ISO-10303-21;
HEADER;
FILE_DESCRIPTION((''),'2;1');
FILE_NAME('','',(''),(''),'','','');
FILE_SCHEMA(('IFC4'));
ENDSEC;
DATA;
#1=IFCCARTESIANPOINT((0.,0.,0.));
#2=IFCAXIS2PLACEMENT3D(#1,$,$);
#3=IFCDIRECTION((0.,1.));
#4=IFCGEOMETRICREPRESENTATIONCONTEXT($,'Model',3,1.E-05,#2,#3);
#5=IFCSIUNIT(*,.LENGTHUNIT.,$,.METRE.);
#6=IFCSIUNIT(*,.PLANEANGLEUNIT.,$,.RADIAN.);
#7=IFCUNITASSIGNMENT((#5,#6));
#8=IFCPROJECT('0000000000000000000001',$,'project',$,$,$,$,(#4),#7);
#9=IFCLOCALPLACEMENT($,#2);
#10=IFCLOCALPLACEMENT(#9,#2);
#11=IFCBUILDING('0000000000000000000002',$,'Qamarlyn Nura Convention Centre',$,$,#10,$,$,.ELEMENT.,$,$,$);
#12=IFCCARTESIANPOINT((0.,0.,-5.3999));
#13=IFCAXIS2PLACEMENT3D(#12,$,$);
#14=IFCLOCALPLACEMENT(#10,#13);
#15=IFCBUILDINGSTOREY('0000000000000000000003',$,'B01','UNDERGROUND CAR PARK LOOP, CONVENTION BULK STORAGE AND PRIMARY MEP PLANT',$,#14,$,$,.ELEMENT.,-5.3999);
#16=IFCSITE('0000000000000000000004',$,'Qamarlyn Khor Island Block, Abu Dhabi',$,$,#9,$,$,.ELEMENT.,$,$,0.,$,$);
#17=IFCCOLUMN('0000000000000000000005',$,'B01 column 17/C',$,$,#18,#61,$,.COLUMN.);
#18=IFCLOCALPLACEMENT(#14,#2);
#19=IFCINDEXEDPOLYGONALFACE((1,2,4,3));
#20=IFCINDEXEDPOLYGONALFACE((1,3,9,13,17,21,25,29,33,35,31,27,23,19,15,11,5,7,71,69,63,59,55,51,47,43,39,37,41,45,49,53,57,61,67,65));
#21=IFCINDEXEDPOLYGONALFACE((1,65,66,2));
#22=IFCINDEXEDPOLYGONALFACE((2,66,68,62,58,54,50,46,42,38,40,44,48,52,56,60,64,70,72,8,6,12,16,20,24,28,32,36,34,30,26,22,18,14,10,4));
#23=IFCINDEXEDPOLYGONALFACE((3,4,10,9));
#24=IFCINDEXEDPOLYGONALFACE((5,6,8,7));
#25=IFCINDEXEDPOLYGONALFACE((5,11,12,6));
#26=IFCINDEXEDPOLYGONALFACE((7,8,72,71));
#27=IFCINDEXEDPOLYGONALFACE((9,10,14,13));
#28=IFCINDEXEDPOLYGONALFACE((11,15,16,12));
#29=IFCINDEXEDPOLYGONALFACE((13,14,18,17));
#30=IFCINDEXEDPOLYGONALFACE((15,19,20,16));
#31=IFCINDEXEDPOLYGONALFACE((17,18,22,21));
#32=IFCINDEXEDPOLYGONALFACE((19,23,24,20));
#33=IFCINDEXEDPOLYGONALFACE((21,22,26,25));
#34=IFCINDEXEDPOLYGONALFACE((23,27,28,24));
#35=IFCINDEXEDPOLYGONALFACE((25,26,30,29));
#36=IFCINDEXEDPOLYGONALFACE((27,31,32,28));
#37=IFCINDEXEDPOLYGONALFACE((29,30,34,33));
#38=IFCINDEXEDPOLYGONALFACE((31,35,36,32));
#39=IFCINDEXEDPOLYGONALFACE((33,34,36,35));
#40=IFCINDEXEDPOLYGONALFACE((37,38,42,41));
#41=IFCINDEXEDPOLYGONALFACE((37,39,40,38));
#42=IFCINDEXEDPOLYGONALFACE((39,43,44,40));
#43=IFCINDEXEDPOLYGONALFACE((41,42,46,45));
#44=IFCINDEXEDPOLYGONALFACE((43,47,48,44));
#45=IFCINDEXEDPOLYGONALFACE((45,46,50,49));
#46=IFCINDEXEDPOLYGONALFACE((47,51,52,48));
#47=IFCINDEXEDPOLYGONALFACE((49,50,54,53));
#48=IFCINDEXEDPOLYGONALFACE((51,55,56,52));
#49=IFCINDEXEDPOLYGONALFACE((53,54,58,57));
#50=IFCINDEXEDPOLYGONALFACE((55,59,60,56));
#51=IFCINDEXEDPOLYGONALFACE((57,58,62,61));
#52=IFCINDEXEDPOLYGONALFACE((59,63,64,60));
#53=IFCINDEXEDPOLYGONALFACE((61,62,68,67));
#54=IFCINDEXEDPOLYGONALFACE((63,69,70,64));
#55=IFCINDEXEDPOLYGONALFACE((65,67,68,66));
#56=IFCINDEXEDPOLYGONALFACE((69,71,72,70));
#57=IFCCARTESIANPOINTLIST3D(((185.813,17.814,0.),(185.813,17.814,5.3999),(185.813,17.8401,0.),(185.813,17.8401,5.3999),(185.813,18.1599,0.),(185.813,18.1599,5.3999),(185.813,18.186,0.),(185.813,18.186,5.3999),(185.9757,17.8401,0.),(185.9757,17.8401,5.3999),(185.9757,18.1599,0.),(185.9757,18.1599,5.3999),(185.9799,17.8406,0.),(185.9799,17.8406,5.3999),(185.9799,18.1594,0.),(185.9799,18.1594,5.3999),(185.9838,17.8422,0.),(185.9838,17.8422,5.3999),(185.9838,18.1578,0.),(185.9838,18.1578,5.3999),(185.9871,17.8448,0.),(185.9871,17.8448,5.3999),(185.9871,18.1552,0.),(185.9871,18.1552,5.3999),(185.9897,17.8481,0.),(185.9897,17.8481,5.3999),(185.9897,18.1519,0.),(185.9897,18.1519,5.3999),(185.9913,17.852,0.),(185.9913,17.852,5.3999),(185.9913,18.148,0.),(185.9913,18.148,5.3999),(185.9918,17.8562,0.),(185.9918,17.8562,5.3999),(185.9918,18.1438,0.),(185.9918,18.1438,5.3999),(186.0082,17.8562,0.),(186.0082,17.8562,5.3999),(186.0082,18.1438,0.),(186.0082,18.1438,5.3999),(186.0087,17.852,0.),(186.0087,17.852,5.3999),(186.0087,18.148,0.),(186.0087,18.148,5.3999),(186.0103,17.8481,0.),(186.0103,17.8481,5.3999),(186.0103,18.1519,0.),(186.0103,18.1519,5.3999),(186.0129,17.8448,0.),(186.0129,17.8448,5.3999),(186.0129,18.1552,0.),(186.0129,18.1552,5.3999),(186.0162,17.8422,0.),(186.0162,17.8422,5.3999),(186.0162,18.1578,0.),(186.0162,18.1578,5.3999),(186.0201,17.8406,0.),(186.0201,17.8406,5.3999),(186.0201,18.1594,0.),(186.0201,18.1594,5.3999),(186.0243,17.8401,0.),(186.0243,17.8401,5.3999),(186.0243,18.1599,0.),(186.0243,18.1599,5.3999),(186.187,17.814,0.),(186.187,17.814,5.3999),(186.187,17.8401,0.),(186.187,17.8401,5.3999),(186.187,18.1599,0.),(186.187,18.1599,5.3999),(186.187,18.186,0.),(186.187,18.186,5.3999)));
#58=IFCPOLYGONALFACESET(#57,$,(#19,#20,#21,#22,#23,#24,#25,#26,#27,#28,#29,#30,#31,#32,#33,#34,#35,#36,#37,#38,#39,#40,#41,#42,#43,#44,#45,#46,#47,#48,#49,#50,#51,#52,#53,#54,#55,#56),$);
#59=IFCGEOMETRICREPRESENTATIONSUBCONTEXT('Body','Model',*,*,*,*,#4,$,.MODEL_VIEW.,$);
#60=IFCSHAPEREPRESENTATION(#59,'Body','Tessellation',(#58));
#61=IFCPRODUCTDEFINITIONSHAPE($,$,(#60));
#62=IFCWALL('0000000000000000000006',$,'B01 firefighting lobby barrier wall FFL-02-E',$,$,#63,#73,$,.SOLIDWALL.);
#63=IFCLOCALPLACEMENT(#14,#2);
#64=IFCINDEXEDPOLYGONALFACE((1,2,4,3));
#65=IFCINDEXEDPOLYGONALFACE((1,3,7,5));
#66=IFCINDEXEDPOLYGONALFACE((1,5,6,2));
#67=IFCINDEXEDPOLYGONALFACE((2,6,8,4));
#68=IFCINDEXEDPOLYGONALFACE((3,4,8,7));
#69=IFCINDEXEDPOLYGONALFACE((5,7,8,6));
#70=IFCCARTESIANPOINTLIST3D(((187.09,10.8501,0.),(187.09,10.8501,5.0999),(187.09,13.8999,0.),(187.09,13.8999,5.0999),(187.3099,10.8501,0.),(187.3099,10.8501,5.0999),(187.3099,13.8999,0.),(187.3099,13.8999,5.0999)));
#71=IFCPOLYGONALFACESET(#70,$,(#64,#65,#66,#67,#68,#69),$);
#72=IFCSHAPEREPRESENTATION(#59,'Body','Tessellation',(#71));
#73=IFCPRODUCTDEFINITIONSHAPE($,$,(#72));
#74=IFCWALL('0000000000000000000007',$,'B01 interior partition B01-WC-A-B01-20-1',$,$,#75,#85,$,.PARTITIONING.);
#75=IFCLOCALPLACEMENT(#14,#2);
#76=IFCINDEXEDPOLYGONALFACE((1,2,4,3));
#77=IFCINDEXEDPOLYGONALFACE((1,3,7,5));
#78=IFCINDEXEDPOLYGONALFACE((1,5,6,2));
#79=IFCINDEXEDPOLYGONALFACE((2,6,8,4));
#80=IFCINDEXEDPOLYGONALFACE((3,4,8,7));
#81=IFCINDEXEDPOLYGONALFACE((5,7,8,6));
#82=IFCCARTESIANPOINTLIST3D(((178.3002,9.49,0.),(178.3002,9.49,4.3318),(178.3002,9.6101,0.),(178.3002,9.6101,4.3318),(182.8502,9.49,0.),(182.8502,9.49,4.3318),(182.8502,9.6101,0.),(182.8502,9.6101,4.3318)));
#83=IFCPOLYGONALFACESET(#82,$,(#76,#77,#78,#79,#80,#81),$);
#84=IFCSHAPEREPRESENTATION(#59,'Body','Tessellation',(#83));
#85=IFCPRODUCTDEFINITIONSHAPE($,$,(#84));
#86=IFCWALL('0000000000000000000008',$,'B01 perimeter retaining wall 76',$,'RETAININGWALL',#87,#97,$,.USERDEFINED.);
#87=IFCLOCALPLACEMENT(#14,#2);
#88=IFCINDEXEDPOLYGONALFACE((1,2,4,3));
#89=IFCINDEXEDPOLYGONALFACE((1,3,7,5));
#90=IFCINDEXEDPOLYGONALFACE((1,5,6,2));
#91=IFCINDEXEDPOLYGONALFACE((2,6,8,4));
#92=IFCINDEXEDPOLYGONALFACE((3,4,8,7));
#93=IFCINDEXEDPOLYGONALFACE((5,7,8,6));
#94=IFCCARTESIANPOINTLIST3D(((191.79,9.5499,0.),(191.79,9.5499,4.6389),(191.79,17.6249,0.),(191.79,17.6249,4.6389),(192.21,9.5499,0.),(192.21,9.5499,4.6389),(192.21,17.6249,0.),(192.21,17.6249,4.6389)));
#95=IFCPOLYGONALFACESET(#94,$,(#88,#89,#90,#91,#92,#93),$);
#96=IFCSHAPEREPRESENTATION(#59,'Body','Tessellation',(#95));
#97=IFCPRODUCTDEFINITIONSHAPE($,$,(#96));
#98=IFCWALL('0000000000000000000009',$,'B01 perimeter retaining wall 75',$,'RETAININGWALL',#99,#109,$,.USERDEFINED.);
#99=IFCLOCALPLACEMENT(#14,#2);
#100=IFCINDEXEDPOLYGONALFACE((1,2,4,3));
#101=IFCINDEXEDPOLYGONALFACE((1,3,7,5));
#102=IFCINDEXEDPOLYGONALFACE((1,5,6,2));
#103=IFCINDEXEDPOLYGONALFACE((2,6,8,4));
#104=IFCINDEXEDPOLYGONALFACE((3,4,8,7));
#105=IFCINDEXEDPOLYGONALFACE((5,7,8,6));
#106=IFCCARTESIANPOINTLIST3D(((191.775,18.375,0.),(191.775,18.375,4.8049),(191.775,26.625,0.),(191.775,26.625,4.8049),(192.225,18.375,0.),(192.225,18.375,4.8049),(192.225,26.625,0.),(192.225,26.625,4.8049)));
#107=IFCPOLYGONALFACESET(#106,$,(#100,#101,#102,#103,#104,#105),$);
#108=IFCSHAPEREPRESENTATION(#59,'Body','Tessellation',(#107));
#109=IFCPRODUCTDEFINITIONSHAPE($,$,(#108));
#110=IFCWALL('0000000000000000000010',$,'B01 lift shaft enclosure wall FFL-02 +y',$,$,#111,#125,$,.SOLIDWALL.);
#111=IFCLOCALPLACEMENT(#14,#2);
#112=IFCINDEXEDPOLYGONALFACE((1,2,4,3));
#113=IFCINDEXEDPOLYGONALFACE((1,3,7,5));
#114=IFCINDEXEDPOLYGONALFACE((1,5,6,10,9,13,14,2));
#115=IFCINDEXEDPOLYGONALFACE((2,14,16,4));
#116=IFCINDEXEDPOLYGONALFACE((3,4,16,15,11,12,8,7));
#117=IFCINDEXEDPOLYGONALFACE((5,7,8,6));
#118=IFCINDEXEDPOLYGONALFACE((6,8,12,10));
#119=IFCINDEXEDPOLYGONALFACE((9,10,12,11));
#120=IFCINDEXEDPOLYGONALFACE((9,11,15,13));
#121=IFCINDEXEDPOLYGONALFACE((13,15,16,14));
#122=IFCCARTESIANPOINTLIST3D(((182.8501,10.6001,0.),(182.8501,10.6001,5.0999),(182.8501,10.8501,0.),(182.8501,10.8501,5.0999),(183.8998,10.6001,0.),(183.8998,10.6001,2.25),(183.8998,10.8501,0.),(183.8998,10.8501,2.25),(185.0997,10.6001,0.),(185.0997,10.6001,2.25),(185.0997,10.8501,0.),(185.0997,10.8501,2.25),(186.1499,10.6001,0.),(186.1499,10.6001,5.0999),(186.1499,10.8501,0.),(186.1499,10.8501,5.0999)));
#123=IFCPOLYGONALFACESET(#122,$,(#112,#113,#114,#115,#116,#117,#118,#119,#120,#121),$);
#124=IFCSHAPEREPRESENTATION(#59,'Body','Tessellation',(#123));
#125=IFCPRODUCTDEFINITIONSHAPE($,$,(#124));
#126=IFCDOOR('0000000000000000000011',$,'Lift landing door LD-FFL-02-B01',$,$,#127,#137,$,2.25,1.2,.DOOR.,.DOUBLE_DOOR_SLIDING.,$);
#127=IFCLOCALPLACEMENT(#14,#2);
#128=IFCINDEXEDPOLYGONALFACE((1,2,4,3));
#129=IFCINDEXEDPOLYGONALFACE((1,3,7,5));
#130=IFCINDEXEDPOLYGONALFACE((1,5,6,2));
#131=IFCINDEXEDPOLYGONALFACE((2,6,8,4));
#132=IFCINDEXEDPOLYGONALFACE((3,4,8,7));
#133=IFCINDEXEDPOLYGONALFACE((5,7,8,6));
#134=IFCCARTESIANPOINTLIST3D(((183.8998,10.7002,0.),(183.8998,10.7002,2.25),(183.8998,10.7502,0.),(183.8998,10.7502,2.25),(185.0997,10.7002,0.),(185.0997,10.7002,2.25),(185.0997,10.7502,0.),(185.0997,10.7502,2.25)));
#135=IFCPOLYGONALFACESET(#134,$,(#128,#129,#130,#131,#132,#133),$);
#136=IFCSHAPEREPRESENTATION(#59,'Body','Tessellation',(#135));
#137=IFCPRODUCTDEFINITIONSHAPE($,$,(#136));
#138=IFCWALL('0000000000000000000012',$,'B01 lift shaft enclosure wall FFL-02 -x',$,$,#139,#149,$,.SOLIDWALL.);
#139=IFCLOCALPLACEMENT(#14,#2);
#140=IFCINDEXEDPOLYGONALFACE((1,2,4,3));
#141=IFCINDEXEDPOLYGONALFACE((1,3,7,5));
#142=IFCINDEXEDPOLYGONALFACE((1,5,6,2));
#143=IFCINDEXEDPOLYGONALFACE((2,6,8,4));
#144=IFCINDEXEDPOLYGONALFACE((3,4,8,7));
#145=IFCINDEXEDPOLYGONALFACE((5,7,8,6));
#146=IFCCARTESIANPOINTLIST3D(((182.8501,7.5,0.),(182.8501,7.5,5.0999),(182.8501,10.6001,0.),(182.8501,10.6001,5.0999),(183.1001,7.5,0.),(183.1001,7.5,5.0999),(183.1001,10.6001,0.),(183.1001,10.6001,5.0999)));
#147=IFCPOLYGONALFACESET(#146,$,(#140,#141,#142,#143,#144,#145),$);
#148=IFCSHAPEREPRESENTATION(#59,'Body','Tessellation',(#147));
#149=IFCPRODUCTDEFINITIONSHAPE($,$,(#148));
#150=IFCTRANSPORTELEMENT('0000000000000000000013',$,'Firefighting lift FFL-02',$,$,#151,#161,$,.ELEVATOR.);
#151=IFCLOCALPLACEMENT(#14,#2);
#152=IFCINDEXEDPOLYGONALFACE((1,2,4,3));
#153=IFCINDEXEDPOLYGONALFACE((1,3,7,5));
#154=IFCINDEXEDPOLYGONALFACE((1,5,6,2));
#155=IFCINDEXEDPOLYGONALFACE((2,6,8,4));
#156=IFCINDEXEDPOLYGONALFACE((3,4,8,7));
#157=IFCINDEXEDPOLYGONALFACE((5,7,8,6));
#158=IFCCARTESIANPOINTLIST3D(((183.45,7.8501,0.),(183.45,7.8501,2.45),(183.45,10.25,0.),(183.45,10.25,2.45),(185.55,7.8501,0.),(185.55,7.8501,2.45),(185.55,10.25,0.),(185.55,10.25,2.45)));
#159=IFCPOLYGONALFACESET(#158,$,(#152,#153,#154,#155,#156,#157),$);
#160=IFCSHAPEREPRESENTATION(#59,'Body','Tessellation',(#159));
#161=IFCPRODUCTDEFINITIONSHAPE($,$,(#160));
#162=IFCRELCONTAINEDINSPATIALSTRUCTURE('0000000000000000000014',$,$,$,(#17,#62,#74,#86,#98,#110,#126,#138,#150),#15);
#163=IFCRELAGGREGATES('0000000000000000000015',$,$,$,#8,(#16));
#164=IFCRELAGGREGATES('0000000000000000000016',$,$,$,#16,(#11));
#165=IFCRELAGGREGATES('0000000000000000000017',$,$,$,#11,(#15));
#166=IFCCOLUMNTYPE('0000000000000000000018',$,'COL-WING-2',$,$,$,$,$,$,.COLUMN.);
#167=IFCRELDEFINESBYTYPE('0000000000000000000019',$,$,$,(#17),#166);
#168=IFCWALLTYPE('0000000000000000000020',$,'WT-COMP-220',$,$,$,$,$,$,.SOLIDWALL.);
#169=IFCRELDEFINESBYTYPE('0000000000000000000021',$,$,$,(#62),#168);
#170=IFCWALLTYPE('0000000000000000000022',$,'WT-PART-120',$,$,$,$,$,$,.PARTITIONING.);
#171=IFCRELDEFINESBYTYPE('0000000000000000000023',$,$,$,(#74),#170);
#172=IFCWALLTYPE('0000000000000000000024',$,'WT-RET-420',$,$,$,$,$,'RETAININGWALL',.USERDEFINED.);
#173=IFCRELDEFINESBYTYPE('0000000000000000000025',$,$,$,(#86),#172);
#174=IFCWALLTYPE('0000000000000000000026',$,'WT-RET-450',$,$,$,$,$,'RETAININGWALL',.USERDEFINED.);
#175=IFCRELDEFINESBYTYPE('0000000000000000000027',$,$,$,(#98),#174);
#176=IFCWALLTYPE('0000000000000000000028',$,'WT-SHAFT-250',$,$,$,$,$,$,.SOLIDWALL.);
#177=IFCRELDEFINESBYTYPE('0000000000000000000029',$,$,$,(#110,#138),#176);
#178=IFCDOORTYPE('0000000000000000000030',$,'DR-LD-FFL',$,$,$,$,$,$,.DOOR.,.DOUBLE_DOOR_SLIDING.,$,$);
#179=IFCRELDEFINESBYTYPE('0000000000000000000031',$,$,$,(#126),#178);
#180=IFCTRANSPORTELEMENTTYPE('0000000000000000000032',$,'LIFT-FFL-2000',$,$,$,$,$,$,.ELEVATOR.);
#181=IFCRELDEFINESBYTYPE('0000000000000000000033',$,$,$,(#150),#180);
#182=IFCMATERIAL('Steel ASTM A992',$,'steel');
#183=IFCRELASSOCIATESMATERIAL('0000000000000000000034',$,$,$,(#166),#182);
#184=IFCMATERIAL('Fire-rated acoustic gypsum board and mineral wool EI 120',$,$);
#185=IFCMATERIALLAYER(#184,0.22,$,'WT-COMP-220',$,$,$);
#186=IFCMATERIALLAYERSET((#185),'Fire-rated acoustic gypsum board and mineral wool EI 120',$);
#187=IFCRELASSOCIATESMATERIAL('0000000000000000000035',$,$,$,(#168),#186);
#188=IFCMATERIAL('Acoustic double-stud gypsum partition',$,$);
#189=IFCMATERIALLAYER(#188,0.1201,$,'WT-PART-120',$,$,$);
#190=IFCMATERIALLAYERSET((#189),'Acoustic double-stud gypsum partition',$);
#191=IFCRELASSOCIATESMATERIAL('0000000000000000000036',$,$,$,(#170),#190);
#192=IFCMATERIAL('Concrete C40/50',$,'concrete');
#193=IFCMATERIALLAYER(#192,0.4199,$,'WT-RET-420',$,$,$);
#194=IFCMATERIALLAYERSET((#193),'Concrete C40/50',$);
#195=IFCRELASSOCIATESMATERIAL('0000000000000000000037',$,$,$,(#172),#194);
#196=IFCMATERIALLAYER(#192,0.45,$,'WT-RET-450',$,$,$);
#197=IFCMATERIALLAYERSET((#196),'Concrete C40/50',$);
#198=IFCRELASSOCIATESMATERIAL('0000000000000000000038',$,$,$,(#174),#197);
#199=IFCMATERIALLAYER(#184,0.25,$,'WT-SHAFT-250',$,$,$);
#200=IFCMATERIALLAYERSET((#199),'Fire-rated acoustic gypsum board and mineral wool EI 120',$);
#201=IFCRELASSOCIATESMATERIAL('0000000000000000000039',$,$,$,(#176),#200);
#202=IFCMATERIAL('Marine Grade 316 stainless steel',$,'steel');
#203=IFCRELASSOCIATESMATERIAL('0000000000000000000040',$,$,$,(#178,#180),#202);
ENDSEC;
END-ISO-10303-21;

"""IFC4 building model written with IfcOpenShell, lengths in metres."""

from ifc_helpers import new_model, si_unit, direction, frame, frame_2d, origin, origin_2d, place, context, subcontext, project, spatial, rectangle, i_section, extrude, material, layer, layer_set, material_profile, profile_set, type_object, element, fill, save


model = new_model("IFC4")

# Units and contexts
model_context = context("Model", 3, precision=1e-05, world=origin(), true_north=direction((0.0, 1.0)))
body_context = subcontext(model_context, "Body", "Model", "MODEL_VIEW")
ifc_project = project(units=[si_unit("LENGTHUNIT", "METRE"), si_unit("PLANEANGLEUNIT", "RADIAN")], contexts=[model_context])

# Site, building, storey
site_placement = place(None, origin())
site = spatial("IfcSite", under=ifc_project, at=site_placement, Name="Qamarlyn Khor Island Block, Abu Dhabi", CompositionType="ELEMENT", RefElevation=0.0)
building_placement = place(site_placement, origin())
building = spatial("IfcBuilding", under=site, at=building_placement, Name="Qamarlyn Nura Convention Centre", CompositionType="ELEMENT")
storey_placement = place(building_placement, frame((0.0, 0.0, -5.3999)))
storey = spatial("IfcBuildingStorey", under=building, at=storey_placement, Name="B01", Description="UNDERGROUND CAR PARK LOOP, CONVENTION BULK STORAGE AND PRIMARY MEP PLANT", CompositionType="ELEMENT", Elevation=-5.3999)

# Shared definitions
ifc_material_1 = material(Name="Concrete C40/50", Category="concrete")

# Column
ifc_material_2 = material(Name="Steel ASTM A992", Category="steel")
ifc_material_profile_1 = material_profile(ifc_material_2, i_section(OverallWidth=0.374, OverallDepth=0.3721, WebThickness=0.0164, FlangeThickness=0.0261, FilletRadius=0.0161, at=origin_2d()), Name="W360X196")
ifc_profile_set_1 = profile_set([ifc_material_profile_1], Name="Steel ASTM A992")
column_type_1 = type_object("IfcColumnType", Name="COL-WING-2", PredefinedType="COLUMN", material=ifc_profile_set_1)
column_1_placement = place(storey_placement, frame((186.0, 18.0, 0.0), z_axis=(0.0, 0.0, 1.0), x_axis=(1.0, 0.0, 0.0)))
element("IfcColumn", 1, at=column_1_placement, inside=storey, type_object=column_type_1, Name="B01 column 17/C", PredefinedType="COLUMN", context=body_context, shape_type="SweptSolid", body=[
    extrude(i_section(OverallWidth=0.374, OverallDepth=0.3721, WebThickness=0.0164, FlangeThickness=0.0261, FilletRadius=0.0161, at=origin_2d()), origin(), (0.0, 0.0, 1.0), 5.3999),
])

# Walls
ifc_material_3 = material(Name="Fire-rated acoustic gypsum board and mineral wool EI 120")
ifc_layer_1 = layer(ifc_material_3, 0.22, Name="WT-COMP-220")
ifc_layer_set_1 = layer_set([ifc_layer_1], Name="Fire-rated acoustic gypsum board and mineral wool EI 120")
wall_type_1 = type_object("IfcWallType", Name="WT-COMP-220", PredefinedType="SOLIDWALL", material=ifc_layer_set_1)
wall_1_placement = place(storey_placement, frame((187.2, 10.8501, 0.0), z_axis=(0.0, 0.0, 1.0), x_axis=(0.0, 1.0, 0.0)))
element("IfcWall", 2, at=wall_1_placement, inside=storey, type_object=wall_type_1, Name="B01 firefighting lobby barrier wall FFL-02-E", PredefinedType="SOLIDWALL", context=body_context, shape_type="SweptSolid", body=[
    extrude(rectangle(XDim=3.0498, YDim=0.22, at=frame_2d((1.5249, 0.0))), origin(), (0.0, 0.0, 1.0), 5.0999),
])
ifc_material_4 = material(Name="Acoustic double-stud gypsum partition")
ifc_layer_2 = layer(ifc_material_4, 0.1201, Name="WT-PART-120")
ifc_layer_set_2 = layer_set([ifc_layer_2], Name="Acoustic double-stud gypsum partition")
wall_type_2 = type_object("IfcWallType", Name="WT-PART-120", PredefinedType="PARTITIONING", material=ifc_layer_set_2)
wall_2_placement = place(storey_placement, frame((182.8501, 9.55, 0.0), z_axis=(0.0, 0.0, 1.0), x_axis=(-1.0, 0.0, 0.0)))
element("IfcWall", 3, at=wall_2_placement, inside=storey, type_object=wall_type_2, Name="B01 interior partition B01-WC-A-B01-20-1", PredefinedType="PARTITIONING", context=body_context, shape_type="SweptSolid", body=[
    extrude(rectangle(XDim=4.55, YDim=0.1201, at=frame_2d((2.2749, 0.0))), origin(), (0.0, 0.0, 1.0), 4.3318),
])
ifc_layer_3 = layer(ifc_material_1, 0.4199, Name="WT-RET-420")
ifc_layer_set_3 = layer_set([ifc_layer_3], Name="Concrete C40/50")
wall_type_3 = type_object("IfcWallType", Name="WT-RET-420", ElementType="RETAININGWALL", PredefinedType="USERDEFINED", material=ifc_layer_set_3)
wall_3_placement = place(storey_placement, frame((192.0, 17.625, 0.0), z_axis=(0.0, 0.0, 1.0), x_axis=(0.0, -1.0, 0.0)))
element("IfcWall", 4, at=wall_3_placement, inside=storey, type_object=wall_type_3, Name="B01 perimeter retaining wall 76", ObjectType="RETAININGWALL", PredefinedType="USERDEFINED", context=body_context, shape_type="SweptSolid", body=[
    extrude(rectangle(XDim=8.075, YDim=0.4199, at=frame_2d((4.0376, 0.0))), origin(), (0.0, 0.0, 1.0), 4.6389),
])
ifc_layer_4 = layer(ifc_material_1, 0.45, Name="WT-RET-450")
ifc_layer_set_4 = layer_set([ifc_layer_4], Name="Concrete C40/50")
wall_type_4 = type_object("IfcWallType", Name="WT-RET-450", ElementType="RETAININGWALL", PredefinedType="USERDEFINED", material=ifc_layer_set_4)
wall_4_placement = place(storey_placement, frame((192.0, 26.625, 0.0), z_axis=(0.0, 0.0, 1.0), x_axis=(0.0, -1.0, 0.0)))
element("IfcWall", 5, at=wall_4_placement, inside=storey, type_object=wall_type_4, Name="B01 perimeter retaining wall 75", ObjectType="RETAININGWALL", PredefinedType="USERDEFINED", context=body_context, shape_type="SweptSolid", body=[
    extrude(rectangle(XDim=8.25, YDim=0.45, at=frame_2d((4.125, 0.0))), origin(), (0.0, 0.0, 1.0), 4.8049),
])

# Wall, opening, door
ifc_layer_5 = layer(ifc_material_3, 0.25, Name="WT-SHAFT-250")
ifc_layer_set_5 = layer_set([ifc_layer_5], Name="Fire-rated acoustic gypsum board and mineral wool EI 120")
wall_type_5 = type_object("IfcWallType", Name="WT-SHAFT-250", PredefinedType="SOLIDWALL", material=ifc_layer_set_5)
wall_5_placement = place(storey_placement, frame((186.1499, 10.7251, 0.0), z_axis=(0.0, 0.0, 1.0), x_axis=(-1.0, 0.0, 0.0)))
wall_5 = element("IfcWall", 6, at=wall_5_placement, inside=storey, type_object=wall_type_5, Name="B01 lift shaft enclosure wall FFL-02 +y", PredefinedType="SOLIDWALL", context=body_context, shape_type="SweptSolid", body=[
    extrude(rectangle(XDim=3.2998, YDim=0.25, at=frame_2d((1.6499, 0.0))), origin(), (0.0, 0.0, 1.0), 5.0999),
])
opening_placement = place(wall_5_placement, frame((1.05, 0.0, 0.0)))
opening = element("IfcOpeningElement", 7, at=opening_placement, cuts=wall_5, PredefinedType="OPENING", context=body_context, shape_type="SweptSolid", body=[
    extrude(rectangle(XDim=1.2, YDim=2.25, at=frame_2d((0.6001, 1.125))), frame((0.0, 0.135, 0.0), z_axis=(0.0, -1.0, 0.0), x_axis=(1.0, 0.0, 0.0)), (0.0, 0.0, 1.0), 0.27),
])
ifc_material_5 = material(Name="Marine Grade 316 stainless steel", Category="steel")
door_type = type_object("IfcDoorType", Name="DR-LD-FFL", OperationType="DOUBLE_DOOR_SLIDING", PredefinedType="DOOR", material=ifc_material_5)
door_placement = place(opening_placement, origin())
door = element("IfcDoor", 8, at=door_placement, inside=storey, type_object=door_type, Name="Lift landing door LD-FFL-02-B01", OperationType="DOUBLE_DOOR_SLIDING", OverallHeight=2.25, OverallWidth=1.2, PredefinedType="DOOR", context=body_context, shape_type="SweptSolid", body=[
    extrude(rectangle(XDim=1.2, YDim=2.25, at=frame_2d((0.6001, 1.125))), frame((0.0, 0.0249, 0.0), z_axis=(0.0, -1.0, 0.0), x_axis=(1.0, 0.0, 0.0)), (0.0, 0.0, 1.0), 0.05),
])
fill(opening, door)

# Wall
wall_6_placement = place(storey_placement, frame((182.9751, 10.6001, 0.0), z_axis=(0.0, 0.0, 1.0), x_axis=(0.0, -1.0, 0.0)))
element("IfcWall", 9, at=wall_6_placement, inside=storey, type_object=wall_type_5, Name="B01 lift shaft enclosure wall FFL-02 -x", PredefinedType="SOLIDWALL", context=body_context, shape_type="SweptSolid", body=[
    extrude(rectangle(XDim=3.1001, YDim=0.25, at=frame_2d((1.55, 0.0))), origin(), (0.0, 0.0, 1.0), 5.0999),
])

# Transport element
transport_element_type = type_object("IfcTransportElementType", Name="LIFT-FFL-2000", PredefinedType="ELEVATOR", material=ifc_material_5)
transport_element_placement = place(storey_placement, frame((184.5, 9.05, 0.0), z_axis=(0.0, 0.0, 1.0), x_axis=(1.0, 0.0, 0.0)))
element("IfcTransportElement", 10, at=transport_element_placement, inside=storey, type_object=transport_element_type, Name="Firefighting lift FFL-02", PredefinedType="ELEVATOR", context=body_context, shape_type="SweptSolid", body=[
    extrude(rectangle(XDim=2.1001, YDim=2.3999, at=origin_2d()), origin(), (0.0, 0.0, 1.0), 2.45),
])

save(model, "model.ifc")
